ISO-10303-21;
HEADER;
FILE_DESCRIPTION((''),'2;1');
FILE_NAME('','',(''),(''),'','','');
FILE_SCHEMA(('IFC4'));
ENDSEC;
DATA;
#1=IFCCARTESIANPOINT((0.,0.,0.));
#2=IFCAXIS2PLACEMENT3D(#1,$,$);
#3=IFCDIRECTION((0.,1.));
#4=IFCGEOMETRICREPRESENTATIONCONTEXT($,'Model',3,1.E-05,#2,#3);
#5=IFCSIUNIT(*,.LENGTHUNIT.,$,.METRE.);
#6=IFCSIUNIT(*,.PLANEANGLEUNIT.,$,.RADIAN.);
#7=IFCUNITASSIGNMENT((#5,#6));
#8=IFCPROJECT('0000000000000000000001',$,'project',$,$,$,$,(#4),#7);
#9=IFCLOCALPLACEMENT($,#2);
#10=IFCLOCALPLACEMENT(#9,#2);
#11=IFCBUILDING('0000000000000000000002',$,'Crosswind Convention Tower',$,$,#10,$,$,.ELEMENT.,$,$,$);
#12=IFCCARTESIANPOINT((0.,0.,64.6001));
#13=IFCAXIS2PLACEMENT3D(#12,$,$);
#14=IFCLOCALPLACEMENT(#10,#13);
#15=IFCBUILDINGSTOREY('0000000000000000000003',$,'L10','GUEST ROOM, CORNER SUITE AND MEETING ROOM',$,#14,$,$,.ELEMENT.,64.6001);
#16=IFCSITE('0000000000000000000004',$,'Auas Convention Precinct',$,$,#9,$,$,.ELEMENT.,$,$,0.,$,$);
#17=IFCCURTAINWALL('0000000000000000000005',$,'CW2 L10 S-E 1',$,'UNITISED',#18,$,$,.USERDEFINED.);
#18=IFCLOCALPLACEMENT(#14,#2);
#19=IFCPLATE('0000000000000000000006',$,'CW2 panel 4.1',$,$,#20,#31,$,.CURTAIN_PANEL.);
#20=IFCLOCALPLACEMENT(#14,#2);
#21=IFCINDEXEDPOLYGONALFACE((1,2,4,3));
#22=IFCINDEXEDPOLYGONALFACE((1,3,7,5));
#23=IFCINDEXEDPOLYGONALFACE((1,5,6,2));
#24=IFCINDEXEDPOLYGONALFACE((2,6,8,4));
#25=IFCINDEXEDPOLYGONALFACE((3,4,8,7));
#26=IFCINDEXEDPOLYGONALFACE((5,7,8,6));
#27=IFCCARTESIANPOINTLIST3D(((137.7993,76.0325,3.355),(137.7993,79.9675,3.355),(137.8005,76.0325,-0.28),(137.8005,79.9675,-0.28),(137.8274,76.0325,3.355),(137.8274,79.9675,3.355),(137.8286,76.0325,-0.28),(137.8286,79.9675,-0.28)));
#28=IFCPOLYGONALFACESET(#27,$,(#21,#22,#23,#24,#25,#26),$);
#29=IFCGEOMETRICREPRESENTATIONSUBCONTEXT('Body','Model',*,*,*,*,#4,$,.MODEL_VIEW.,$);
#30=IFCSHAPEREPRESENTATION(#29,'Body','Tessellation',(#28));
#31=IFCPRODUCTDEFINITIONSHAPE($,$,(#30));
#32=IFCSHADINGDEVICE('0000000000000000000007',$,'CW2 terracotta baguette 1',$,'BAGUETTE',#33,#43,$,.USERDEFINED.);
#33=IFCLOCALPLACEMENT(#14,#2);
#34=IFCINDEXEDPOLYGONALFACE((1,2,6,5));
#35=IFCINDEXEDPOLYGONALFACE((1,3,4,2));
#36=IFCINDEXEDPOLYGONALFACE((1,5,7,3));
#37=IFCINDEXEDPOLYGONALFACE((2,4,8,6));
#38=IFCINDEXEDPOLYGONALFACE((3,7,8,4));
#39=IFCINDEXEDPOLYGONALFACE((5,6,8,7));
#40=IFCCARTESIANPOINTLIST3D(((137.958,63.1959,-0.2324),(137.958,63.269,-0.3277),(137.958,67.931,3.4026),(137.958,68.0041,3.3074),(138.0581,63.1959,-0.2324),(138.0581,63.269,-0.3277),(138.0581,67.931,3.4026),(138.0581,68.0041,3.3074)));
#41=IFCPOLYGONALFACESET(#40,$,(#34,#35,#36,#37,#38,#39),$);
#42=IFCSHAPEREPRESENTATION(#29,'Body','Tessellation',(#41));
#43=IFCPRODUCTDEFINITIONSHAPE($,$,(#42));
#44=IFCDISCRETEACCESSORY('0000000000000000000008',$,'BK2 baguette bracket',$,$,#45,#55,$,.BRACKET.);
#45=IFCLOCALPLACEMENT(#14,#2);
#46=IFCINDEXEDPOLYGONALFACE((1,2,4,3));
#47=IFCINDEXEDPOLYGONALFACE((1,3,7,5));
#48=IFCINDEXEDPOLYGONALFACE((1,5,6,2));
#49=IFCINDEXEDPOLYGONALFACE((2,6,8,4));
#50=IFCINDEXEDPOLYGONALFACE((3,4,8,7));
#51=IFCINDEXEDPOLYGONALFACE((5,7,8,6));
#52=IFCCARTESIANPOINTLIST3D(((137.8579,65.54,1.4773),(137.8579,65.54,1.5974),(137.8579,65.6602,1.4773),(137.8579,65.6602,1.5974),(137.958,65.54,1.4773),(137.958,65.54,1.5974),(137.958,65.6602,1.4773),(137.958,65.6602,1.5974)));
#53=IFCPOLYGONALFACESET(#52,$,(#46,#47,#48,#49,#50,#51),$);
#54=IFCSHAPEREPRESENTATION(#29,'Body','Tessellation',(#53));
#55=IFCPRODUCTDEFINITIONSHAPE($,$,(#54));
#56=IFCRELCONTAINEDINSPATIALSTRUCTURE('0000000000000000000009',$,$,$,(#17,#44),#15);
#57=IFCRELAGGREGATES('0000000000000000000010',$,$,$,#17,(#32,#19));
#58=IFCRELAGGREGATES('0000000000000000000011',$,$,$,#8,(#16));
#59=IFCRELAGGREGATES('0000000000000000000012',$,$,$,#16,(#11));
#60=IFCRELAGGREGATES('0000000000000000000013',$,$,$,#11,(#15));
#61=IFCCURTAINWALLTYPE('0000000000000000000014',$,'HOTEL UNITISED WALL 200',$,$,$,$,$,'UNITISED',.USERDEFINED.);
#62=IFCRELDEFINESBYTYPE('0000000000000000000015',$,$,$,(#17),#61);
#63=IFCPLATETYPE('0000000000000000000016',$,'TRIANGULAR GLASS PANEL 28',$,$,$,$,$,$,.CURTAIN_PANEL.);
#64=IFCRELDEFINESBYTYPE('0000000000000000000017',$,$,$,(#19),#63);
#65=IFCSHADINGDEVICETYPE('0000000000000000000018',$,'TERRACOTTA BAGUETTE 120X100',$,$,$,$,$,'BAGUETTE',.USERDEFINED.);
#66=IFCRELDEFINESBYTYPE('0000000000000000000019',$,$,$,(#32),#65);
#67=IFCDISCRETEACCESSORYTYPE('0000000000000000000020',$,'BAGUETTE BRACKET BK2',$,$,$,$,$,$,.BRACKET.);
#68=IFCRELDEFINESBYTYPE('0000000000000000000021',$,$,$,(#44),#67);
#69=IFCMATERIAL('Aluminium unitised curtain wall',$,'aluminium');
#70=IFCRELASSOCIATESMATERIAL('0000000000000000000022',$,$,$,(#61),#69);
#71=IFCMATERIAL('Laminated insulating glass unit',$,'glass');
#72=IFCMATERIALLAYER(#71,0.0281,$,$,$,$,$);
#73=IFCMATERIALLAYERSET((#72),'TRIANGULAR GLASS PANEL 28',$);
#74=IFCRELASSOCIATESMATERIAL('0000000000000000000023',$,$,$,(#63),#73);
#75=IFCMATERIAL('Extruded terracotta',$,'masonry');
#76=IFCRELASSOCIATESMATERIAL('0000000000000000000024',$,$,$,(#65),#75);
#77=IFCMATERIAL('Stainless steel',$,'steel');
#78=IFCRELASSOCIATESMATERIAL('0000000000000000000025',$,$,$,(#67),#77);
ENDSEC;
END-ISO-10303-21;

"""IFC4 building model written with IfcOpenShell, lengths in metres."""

from ifc_helpers import new_model, si_unit, direction, frame, origin, origin_2d, place, context, subcontext, project, spatial, polyline, rectangle, outline, extrude, material, layer, layer_set, material_profile, profile_set, type_object, element, aggregate, save


model = new_model("IFC4")

# Units and contexts
model_context = context("Model", 3, precision=1e-05, world=origin(), true_north=direction((0.0, 1.0)))
body_context = subcontext(model_context, "Body", "Model", "MODEL_VIEW")
ifc_project = project(units=[si_unit("LENGTHUNIT", "METRE"), si_unit("PLANEANGLEUNIT", "RADIAN")], contexts=[model_context])

# Site, building, storey
site_placement = place(None, origin())
site = spatial("IfcSite", under=ifc_project, at=site_placement, Name="Auas Convention Precinct", CompositionType="ELEMENT", RefElevation=0.0)
building_placement = place(site_placement, origin())
building = spatial("IfcBuilding", under=site, at=building_placement, Name="Crosswind Convention Tower", CompositionType="ELEMENT")
storey_placement = place(building_placement, frame((0.0, 0.0, 64.6001)))
storey = spatial("IfcBuildingStorey", under=building, at=storey_placement, Name="L10", Description="GUEST ROOM, CORNER SUITE AND MEETING ROOM", CompositionType="ELEMENT", Elevation=64.6001)

# Shared definitions
ifc_material_1 = material(Name="Aluminium unitised curtain wall", Category="aluminium")
curtain_wall_type = type_object("IfcCurtainWallType", Name="HOTEL UNITISED WALL 200", ElementType="UNITISED", PredefinedType="USERDEFINED", material=ifc_material_1)

# Curtain wall, plate
curtain_wall_1_placement = place(storey_placement, origin())
curtain_wall_1 = element("IfcCurtainWall", 1, at=curtain_wall_1_placement, inside=storey, type_object=curtain_wall_type, Name="CW2 L10 S-E 1", ObjectType="UNITISED", PredefinedType="USERDEFINED")
ifc_material_2 = material(Name="Laminated insulating glass unit", Category="glass")
ifc_layer_1 = layer(ifc_material_2, 0.0281)
ifc_layer_set_1 = layer_set([ifc_layer_1], Name="TRIANGULAR GLASS PANEL 28")
plate_type = type_object("IfcPlateType", Name="TRIANGULAR GLASS PANEL 28", PredefinedType="CURTAIN_PANEL", material=ifc_layer_set_1)
plate_1_placement = place(storey_placement, frame((137.8286, 76.0325, -0.28), z_axis=(1.0, 0.0, 0.000336), x_axis=(0.0, 1.0, 0.0)))
plate_1 = element("IfcPlate", 2, at=plate_1_placement, type_object=plate_type, Name="CW2 panel 4.1", PredefinedType="CURTAIN_PANEL", context=body_context, shape_type="SweptSolid", body=[
    extrude(outline(polyline([(0.0, 0.0), (3.9351, 0.0), (3.9351, 3.635), (0.0, 3.635), (0.0, 0.0)])), origin(), (0.0, 0.0, -1.0), 0.0281),
])

# Shading device
ifc_material_3 = material(Name="Extruded terracotta", Category="masonry")
ifc_material_profile_1 = material_profile(ifc_material_3, rectangle(XDim=0.1001, YDim=0.1201, at=origin_2d()), Name="TC 100X120")
ifc_profile_set_1 = profile_set([ifc_material_profile_1], Name="Extruded terracotta")
shading_device_type = type_object("IfcShadingDeviceType", Name="TERRACOTTA BAGUETTE 120X100", ElementType="BAGUETTE", PredefinedType="USERDEFINED", material=ifc_profile_set_1)
shading_device_placement = place(storey_placement, frame((138.0081, 63.2324, -0.28), z_axis=(0.0, 0.793221, 0.608934), x_axis=(-1.0, 0.0, 0.0)))
shading_device = element("IfcShadingDevice", 3, at=shading_device_placement, type_object=shading_device_type, Name="CW2 terracotta baguette 1", ObjectType="BAGUETTE", PredefinedType="USERDEFINED", context=body_context, shape_type="SweptSolid", body=[
    extrude(rectangle(XDim=0.1001, YDim=0.1201, at=origin_2d()), origin(), (0.0, 0.0, 1.0), 5.9695),
])
aggregate(curtain_wall_1, [shading_device, plate_1])

# Discrete accessory
ifc_material_4 = material(Name="Stainless steel", Category="steel")
discrete_accessory_type = type_object("IfcDiscreteAccessoryType", Name="BAGUETTE BRACKET BK2", PredefinedType="BRACKET", material=ifc_material_4)
discrete_accessory_placement = place(storey_placement, frame((137.908, 65.6001, 1.4773), z_axis=(0.0, 0.0, 1.0), x_axis=(0.0, 1.0, 0.0)))
element("IfcDiscreteAccessory", 4, at=discrete_accessory_placement, inside=storey, type_object=discrete_accessory_type, Name="BK2 baguette bracket", PredefinedType="BRACKET", context=body_context, shape_type="SweptSolid", body=[
    extrude(rectangle(XDim=0.1201, YDim=0.1001, at=origin_2d()), origin(), (0.0, 0.0, 1.0), 0.1201),
])

save(model, "model.ifc")
